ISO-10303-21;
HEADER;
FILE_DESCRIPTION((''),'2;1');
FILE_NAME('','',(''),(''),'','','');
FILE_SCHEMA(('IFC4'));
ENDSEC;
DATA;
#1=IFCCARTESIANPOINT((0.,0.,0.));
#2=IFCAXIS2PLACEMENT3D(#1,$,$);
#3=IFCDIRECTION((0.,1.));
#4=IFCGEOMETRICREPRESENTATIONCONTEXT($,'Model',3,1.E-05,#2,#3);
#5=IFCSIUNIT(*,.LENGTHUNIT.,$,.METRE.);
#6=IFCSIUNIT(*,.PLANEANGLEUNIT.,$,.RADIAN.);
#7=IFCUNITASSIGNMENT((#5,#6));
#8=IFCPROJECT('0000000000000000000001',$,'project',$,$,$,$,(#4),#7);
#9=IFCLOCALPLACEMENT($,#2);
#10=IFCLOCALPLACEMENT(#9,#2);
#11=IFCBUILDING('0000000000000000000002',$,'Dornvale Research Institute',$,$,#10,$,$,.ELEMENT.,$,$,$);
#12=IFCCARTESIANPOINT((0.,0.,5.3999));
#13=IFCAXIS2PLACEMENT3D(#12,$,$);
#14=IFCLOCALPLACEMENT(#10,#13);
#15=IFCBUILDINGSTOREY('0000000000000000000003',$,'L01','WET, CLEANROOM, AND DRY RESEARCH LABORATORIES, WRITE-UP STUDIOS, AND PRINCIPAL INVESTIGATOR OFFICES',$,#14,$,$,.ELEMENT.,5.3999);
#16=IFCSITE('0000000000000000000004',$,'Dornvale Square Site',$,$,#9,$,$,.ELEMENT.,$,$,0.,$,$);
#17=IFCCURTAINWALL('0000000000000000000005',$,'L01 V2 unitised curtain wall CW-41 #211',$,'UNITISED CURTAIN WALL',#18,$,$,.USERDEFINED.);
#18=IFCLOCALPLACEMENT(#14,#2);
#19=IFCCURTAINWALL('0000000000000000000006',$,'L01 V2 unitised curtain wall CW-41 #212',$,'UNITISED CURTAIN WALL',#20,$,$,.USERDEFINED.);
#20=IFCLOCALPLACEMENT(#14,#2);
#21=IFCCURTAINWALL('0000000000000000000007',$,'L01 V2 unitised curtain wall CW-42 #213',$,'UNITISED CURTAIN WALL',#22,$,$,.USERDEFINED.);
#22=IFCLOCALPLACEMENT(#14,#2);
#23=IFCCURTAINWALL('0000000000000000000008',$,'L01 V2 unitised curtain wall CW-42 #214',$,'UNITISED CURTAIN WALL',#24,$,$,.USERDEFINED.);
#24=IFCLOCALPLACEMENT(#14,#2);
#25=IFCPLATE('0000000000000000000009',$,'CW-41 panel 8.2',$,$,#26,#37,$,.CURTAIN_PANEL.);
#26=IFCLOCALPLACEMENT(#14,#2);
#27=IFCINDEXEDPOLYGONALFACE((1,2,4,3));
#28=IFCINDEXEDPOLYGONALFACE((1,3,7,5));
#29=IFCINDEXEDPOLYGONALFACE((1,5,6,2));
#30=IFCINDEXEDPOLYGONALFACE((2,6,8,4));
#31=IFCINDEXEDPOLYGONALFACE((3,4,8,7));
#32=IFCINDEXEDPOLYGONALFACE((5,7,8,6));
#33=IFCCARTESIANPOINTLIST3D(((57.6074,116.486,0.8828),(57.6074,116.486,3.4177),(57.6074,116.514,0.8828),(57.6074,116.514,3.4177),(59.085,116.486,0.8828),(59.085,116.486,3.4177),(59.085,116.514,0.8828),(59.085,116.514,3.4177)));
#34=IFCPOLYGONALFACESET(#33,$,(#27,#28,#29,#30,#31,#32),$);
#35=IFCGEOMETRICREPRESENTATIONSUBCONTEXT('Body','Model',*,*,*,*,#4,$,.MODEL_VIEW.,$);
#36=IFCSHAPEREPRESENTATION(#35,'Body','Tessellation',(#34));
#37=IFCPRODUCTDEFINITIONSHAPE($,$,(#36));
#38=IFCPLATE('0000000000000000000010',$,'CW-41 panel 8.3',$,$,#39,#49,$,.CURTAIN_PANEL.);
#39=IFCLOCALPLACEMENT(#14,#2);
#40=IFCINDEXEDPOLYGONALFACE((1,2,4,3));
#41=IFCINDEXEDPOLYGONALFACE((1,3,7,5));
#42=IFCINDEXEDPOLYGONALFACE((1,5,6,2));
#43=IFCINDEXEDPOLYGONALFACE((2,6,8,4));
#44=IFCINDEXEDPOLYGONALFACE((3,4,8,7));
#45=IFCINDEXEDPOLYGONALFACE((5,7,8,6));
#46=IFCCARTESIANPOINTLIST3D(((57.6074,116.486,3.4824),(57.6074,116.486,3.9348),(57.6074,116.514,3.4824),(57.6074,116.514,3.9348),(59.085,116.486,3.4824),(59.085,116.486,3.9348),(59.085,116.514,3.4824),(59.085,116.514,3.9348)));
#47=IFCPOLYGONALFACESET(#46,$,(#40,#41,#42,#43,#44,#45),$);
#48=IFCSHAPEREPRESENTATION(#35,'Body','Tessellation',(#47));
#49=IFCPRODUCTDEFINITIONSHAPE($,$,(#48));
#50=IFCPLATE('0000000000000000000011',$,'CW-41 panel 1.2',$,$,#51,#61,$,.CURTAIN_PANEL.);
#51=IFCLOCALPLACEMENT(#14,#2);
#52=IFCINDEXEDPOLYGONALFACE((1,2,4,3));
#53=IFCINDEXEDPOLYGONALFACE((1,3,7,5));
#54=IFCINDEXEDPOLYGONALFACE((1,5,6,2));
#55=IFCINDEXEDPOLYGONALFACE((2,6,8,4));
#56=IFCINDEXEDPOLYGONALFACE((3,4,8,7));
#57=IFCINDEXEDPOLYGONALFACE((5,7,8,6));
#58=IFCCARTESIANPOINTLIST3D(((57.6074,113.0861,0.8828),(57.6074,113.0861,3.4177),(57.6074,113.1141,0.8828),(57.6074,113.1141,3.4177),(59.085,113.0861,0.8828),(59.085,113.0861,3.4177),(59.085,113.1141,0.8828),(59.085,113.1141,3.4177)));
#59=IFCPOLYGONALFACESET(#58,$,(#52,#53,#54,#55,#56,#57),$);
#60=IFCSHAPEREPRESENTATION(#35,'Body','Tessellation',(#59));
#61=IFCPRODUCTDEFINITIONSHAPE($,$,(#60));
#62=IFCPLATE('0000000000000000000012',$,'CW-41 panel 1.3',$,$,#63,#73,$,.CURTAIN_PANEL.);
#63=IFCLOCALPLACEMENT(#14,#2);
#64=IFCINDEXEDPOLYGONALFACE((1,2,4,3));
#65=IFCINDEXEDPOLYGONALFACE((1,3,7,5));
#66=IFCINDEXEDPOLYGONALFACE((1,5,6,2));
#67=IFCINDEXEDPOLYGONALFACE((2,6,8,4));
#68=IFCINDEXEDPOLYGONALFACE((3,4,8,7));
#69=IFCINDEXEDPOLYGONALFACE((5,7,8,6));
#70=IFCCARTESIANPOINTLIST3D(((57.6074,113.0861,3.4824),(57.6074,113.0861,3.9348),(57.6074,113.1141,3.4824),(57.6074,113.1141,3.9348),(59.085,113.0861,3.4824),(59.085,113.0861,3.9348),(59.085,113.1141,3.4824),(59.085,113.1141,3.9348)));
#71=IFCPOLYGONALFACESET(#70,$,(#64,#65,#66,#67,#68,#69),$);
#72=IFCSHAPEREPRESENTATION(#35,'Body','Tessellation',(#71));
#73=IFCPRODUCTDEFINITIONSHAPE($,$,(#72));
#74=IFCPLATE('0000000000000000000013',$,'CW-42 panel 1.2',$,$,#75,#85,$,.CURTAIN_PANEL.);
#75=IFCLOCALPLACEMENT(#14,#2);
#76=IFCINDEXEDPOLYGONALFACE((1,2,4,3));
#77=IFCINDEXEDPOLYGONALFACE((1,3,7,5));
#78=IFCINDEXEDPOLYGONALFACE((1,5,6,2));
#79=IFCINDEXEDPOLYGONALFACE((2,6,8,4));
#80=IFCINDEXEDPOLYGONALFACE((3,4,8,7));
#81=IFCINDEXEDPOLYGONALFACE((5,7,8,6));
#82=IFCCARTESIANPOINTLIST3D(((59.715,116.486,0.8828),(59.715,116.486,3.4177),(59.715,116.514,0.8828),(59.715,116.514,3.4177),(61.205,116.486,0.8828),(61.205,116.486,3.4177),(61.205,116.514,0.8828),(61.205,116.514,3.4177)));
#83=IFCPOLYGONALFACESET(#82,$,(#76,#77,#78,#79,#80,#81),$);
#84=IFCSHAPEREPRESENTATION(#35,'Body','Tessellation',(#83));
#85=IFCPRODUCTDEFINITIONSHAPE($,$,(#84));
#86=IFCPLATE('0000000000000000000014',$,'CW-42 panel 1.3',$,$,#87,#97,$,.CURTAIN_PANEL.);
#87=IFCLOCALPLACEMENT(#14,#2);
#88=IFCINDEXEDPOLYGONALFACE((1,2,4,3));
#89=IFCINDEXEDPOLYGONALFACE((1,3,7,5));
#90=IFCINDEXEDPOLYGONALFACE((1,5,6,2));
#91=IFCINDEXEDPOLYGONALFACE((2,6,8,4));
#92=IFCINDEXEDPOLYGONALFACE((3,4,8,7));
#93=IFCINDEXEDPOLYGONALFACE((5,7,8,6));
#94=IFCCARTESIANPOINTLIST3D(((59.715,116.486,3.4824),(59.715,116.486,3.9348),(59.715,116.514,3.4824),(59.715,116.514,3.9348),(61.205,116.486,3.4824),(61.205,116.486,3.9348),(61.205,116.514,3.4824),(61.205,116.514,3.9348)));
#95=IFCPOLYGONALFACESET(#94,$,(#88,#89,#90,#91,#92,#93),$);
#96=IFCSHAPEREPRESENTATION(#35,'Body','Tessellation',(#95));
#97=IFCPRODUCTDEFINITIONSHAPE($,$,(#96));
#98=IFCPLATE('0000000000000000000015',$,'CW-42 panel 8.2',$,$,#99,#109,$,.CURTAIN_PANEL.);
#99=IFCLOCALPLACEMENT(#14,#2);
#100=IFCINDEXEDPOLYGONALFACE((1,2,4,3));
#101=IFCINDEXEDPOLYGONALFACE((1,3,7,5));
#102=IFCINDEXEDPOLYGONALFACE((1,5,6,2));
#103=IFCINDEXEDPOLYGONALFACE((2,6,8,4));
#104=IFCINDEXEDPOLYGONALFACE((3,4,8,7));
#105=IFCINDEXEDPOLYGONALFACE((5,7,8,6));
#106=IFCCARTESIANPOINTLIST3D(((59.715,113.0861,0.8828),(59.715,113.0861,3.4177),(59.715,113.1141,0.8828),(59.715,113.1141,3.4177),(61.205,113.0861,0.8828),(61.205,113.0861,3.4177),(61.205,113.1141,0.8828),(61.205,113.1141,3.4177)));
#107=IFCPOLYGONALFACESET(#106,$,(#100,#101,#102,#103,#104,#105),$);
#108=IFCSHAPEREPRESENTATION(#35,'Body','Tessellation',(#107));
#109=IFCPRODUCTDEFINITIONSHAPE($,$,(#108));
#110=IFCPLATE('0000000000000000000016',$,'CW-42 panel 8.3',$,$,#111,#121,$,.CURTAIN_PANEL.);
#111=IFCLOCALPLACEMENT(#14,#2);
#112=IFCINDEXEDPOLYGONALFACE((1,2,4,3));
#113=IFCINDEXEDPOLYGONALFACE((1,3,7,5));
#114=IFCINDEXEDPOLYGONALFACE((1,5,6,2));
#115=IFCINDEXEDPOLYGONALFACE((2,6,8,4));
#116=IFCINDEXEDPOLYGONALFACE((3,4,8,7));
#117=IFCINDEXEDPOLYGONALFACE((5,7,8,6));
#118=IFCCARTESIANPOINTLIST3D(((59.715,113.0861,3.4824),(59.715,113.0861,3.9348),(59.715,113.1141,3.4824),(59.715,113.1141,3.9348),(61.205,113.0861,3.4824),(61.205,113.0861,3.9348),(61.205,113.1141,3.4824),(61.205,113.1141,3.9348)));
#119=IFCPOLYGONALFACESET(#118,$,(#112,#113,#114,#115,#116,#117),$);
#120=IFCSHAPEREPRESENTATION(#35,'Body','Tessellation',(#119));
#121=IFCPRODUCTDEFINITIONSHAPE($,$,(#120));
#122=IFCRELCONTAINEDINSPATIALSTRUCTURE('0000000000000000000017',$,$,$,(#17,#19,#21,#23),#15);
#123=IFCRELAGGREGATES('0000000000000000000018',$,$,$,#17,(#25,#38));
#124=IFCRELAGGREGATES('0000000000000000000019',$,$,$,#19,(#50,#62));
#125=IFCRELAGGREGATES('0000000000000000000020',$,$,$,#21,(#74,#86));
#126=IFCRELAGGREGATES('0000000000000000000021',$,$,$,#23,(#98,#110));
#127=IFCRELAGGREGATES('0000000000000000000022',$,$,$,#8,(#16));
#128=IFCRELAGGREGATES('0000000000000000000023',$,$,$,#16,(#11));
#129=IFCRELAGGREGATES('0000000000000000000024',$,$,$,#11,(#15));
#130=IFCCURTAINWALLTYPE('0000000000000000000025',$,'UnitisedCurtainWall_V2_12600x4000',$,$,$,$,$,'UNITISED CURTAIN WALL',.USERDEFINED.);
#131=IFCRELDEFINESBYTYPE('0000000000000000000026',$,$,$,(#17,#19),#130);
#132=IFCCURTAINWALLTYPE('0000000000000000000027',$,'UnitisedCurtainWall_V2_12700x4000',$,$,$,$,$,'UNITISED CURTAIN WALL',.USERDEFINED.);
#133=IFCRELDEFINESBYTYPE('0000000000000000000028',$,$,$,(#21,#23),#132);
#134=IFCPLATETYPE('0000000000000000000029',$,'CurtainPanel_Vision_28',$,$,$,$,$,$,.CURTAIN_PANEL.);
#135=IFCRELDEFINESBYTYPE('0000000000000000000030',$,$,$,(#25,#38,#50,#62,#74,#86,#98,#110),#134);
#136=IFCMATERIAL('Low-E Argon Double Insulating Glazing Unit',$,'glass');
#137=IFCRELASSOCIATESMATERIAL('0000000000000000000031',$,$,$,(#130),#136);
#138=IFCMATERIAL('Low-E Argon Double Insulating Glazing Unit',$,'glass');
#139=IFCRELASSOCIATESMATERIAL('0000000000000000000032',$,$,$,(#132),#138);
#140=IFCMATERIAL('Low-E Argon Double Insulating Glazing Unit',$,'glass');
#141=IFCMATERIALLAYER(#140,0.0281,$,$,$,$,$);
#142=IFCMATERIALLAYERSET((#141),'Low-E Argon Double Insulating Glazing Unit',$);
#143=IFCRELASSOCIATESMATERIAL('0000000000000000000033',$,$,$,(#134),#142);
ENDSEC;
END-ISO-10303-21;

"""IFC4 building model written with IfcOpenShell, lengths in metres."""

from ifc_helpers import new_model, si_unit, direction, frame, origin, origin_2d, place, context, subcontext, project, spatial, rectangle, extrude, material, layer, layer_set, type_object, element, aggregate, save


model = new_model("IFC4")

# Units and contexts
model_context = context("Model", 3, precision=1e-05, world=origin(), true_north=direction((0.0, 1.0)))
body_context = subcontext(model_context, "Body", "Model", "MODEL_VIEW")
ifc_project = project(units=[si_unit("LENGTHUNIT", "METRE"), si_unit("PLANEANGLEUNIT", "RADIAN")], contexts=[model_context])

# Site, building, storey
site_placement = place(None, origin())
site = spatial("IfcSite", under=ifc_project, at=site_placement, Name="Dornvale Square Site", CompositionType="ELEMENT", RefElevation=0.0)
building_placement = place(site_placement, origin())
building = spatial("IfcBuilding", under=site, at=building_placement, Name="Dornvale Research Institute", CompositionType="ELEMENT")
storey_placement = place(building_placement, frame((0.0, 0.0, 5.3999)))
storey = spatial("IfcBuildingStorey", under=building, at=storey_placement, Name="L01", Description="WET, CLEANROOM, AND DRY RESEARCH LABORATORIES, WRITE-UP STUDIOS, AND PRINCIPAL INVESTIGATOR OFFICES", CompositionType="ELEMENT", Elevation=5.3999)

# Curtain walls
ifc_material_1 = material(Name="Low-E Argon Double Insulating Glazing Unit", Category="glass")
curtain_wall_type_1 = type_object("IfcCurtainWallType", Name="UnitisedCurtainWall_V2_12600x4000", ElementType="UNITISED CURTAIN WALL", PredefinedType="USERDEFINED", material=ifc_material_1)
curtain_wall_1_placement = place(storey_placement, origin())
curtain_wall_1 = element("IfcCurtainWall", 1, at=curtain_wall_1_placement, inside=storey, type_object=curtain_wall_type_1, Name="L01 V2 unitised curtain wall CW-41 #211", ObjectType="UNITISED CURTAIN WALL", PredefinedType="USERDEFINED")
curtain_wall_2_placement = place(storey_placement, origin())
curtain_wall_2 = element("IfcCurtainWall", 2, at=curtain_wall_2_placement, inside=storey, type_object=curtain_wall_type_1, Name="L01 V2 unitised curtain wall CW-41 #212", ObjectType="UNITISED CURTAIN WALL", PredefinedType="USERDEFINED")
ifc_material_2 = material(Name="Low-E Argon Double Insulating Glazing Unit", Category="glass")
curtain_wall_type_2 = type_object("IfcCurtainWallType", Name="UnitisedCurtainWall_V2_12700x4000", ElementType="UNITISED CURTAIN WALL", PredefinedType="USERDEFINED", material=ifc_material_2)
curtain_wall_3_placement = place(storey_placement, origin())
curtain_wall_3 = element("IfcCurtainWall", 3, at=curtain_wall_3_placement, inside=storey, type_object=curtain_wall_type_2, Name="L01 V2 unitised curtain wall CW-42 #213", ObjectType="UNITISED CURTAIN WALL", PredefinedType="USERDEFINED")
curtain_wall_4_placement = place(storey_placement, origin())
curtain_wall_4 = element("IfcCurtainWall", 4, at=curtain_wall_4_placement, inside=storey, type_object=curtain_wall_type_2, Name="L01 V2 unitised curtain wall CW-42 #214", ObjectType="UNITISED CURTAIN WALL", PredefinedType="USERDEFINED")

# Plates
ifc_material_3 = material(Name="Low-E Argon Double Insulating Glazing Unit", Category="glass")
ifc_layer_1 = layer(ifc_material_3, 0.0281)
ifc_layer_set_1 = layer_set([ifc_layer_1], Name="Low-E Argon Double Insulating Glazing Unit")
plate_type_1 = type_object("IfcPlateType", Name="CurtainPanel_Vision_28", PredefinedType="CURTAIN_PANEL", material=ifc_layer_set_1)
plate_1_placement = place(storey_placement, frame((58.3462, 116.5, 0.8828), z_axis=(0.0, 0.0, 1.0), x_axis=(1.0, 0.0, 0.0)))
plate_1 = element("IfcPlate", 5, at=plate_1_placement, type_object=plate_type_1, Name="CW-41 panel 8.2", PredefinedType="CURTAIN_PANEL", context=body_context, shape_type="SweptSolid", body=[
    extrude(rectangle(XDim=1.4775, YDim=0.0281, at=origin_2d()), origin(), (0.0, 0.0, 1.0), 2.5349),
])
plate_2_placement = place(storey_placement, frame((58.3462, 116.5, 3.4824), z_axis=(0.0, 0.0, 1.0), x_axis=(1.0, 0.0, 0.0)))
plate_2 = element("IfcPlate", 6, at=plate_2_placement, type_object=plate_type_1, Name="CW-41 panel 8.3", PredefinedType="CURTAIN_PANEL", context=body_context, shape_type="SweptSolid", body=[
    extrude(rectangle(XDim=1.4775, YDim=0.0281, at=origin_2d()), origin(), (0.0, 0.0, 1.0), 0.4524),
])
aggregate(curtain_wall_1, [plate_1, plate_2])
plate_3_placement = place(storey_placement, frame((58.3462, 113.1001, 0.8828), z_axis=(0.0, 0.0, 1.0), x_axis=(-1.0, 0.0, 0.0)))
plate_3 = element("IfcPlate", 7, at=plate_3_placement, type_object=plate_type_1, Name="CW-41 panel 1.2", PredefinedType="CURTAIN_PANEL", context=body_context, shape_type="SweptSolid", body=[
    extrude(rectangle(XDim=1.4775, YDim=0.0281, at=origin_2d()), origin(), (0.0, 0.0, 1.0), 2.5349),
])
plate_4_placement = place(storey_placement, frame((58.3462, 113.1001, 3.4824), z_axis=(0.0, 0.0, 1.0), x_axis=(-1.0, 0.0, 0.0)))
plate_4 = element("IfcPlate", 8, at=plate_4_placement, type_object=plate_type_1, Name="CW-41 panel 1.3", PredefinedType="CURTAIN_PANEL", context=body_context, shape_type="SweptSolid", body=[
    extrude(rectangle(XDim=1.4775, YDim=0.0281, at=origin_2d()), origin(), (0.0, 0.0, 1.0), 0.4524),
])
aggregate(curtain_wall_2, [plate_3, plate_4])
plate_5_placement = place(storey_placement, frame((60.46, 116.5, 0.8828), z_axis=(0.0, 0.0, 1.0), x_axis=(1.0, 0.0, 0.0)))
plate_5 = element("IfcPlate", 9, at=plate_5_placement, type_object=plate_type_1, Name="CW-42 panel 1.2", PredefinedType="CURTAIN_PANEL", context=body_context, shape_type="SweptSolid", body=[
    extrude(rectangle(XDim=1.49, YDim=0.0281, at=origin_2d()), origin(), (0.0, 0.0, 1.0), 2.5349),
])
plate_6_placement = place(storey_placement, frame((60.46, 116.5, 3.4824), z_axis=(0.0, 0.0, 1.0), x_axis=(1.0, 0.0, 0.0)))
plate_6 = element("IfcPlate", 10, at=plate_6_placement, type_object=plate_type_1, Name="CW-42 panel 1.3", PredefinedType="CURTAIN_PANEL", context=body_context, shape_type="SweptSolid", body=[
    extrude(rectangle(XDim=1.49, YDim=0.0281, at=origin_2d()), origin(), (0.0, 0.0, 1.0), 0.4524),
])
aggregate(curtain_wall_3, [plate_5, plate_6])
plate_7_placement = place(storey_placement, frame((60.46, 113.1001, 0.8828), z_axis=(0.0, 0.0, 1.0), x_axis=(-1.0, 0.0, 0.0)))
plate_7 = element("IfcPlate", 11, at=plate_7_placement, type_object=plate_type_1, Name="CW-42 panel 8.2", PredefinedType="CURTAIN_PANEL", context=body_context, shape_type="SweptSolid", body=[
    extrude(rectangle(XDim=1.49, YDim=0.0281, at=origin_2d()), origin(), (0.0, 0.0, 1.0), 2.5349),
])
plate_8_placement = place(storey_placement, frame((60.46, 113.1001, 3.4824), z_axis=(0.0, 0.0, 1.0), x_axis=(-1.0, 0.0, 0.0)))
plate_8 = element("IfcPlate", 12, at=plate_8_placement, type_object=plate_type_1, Name="CW-42 panel 8.3", PredefinedType="CURTAIN_PANEL", context=body_context, shape_type="SweptSolid", body=[
    extrude(rectangle(XDim=1.49, YDim=0.0281, at=origin_2d()), origin(), (0.0, 0.0, 1.0), 0.4524),
])
aggregate(curtain_wall_4, [plate_7, plate_8])

save(model, "model.ifc")
